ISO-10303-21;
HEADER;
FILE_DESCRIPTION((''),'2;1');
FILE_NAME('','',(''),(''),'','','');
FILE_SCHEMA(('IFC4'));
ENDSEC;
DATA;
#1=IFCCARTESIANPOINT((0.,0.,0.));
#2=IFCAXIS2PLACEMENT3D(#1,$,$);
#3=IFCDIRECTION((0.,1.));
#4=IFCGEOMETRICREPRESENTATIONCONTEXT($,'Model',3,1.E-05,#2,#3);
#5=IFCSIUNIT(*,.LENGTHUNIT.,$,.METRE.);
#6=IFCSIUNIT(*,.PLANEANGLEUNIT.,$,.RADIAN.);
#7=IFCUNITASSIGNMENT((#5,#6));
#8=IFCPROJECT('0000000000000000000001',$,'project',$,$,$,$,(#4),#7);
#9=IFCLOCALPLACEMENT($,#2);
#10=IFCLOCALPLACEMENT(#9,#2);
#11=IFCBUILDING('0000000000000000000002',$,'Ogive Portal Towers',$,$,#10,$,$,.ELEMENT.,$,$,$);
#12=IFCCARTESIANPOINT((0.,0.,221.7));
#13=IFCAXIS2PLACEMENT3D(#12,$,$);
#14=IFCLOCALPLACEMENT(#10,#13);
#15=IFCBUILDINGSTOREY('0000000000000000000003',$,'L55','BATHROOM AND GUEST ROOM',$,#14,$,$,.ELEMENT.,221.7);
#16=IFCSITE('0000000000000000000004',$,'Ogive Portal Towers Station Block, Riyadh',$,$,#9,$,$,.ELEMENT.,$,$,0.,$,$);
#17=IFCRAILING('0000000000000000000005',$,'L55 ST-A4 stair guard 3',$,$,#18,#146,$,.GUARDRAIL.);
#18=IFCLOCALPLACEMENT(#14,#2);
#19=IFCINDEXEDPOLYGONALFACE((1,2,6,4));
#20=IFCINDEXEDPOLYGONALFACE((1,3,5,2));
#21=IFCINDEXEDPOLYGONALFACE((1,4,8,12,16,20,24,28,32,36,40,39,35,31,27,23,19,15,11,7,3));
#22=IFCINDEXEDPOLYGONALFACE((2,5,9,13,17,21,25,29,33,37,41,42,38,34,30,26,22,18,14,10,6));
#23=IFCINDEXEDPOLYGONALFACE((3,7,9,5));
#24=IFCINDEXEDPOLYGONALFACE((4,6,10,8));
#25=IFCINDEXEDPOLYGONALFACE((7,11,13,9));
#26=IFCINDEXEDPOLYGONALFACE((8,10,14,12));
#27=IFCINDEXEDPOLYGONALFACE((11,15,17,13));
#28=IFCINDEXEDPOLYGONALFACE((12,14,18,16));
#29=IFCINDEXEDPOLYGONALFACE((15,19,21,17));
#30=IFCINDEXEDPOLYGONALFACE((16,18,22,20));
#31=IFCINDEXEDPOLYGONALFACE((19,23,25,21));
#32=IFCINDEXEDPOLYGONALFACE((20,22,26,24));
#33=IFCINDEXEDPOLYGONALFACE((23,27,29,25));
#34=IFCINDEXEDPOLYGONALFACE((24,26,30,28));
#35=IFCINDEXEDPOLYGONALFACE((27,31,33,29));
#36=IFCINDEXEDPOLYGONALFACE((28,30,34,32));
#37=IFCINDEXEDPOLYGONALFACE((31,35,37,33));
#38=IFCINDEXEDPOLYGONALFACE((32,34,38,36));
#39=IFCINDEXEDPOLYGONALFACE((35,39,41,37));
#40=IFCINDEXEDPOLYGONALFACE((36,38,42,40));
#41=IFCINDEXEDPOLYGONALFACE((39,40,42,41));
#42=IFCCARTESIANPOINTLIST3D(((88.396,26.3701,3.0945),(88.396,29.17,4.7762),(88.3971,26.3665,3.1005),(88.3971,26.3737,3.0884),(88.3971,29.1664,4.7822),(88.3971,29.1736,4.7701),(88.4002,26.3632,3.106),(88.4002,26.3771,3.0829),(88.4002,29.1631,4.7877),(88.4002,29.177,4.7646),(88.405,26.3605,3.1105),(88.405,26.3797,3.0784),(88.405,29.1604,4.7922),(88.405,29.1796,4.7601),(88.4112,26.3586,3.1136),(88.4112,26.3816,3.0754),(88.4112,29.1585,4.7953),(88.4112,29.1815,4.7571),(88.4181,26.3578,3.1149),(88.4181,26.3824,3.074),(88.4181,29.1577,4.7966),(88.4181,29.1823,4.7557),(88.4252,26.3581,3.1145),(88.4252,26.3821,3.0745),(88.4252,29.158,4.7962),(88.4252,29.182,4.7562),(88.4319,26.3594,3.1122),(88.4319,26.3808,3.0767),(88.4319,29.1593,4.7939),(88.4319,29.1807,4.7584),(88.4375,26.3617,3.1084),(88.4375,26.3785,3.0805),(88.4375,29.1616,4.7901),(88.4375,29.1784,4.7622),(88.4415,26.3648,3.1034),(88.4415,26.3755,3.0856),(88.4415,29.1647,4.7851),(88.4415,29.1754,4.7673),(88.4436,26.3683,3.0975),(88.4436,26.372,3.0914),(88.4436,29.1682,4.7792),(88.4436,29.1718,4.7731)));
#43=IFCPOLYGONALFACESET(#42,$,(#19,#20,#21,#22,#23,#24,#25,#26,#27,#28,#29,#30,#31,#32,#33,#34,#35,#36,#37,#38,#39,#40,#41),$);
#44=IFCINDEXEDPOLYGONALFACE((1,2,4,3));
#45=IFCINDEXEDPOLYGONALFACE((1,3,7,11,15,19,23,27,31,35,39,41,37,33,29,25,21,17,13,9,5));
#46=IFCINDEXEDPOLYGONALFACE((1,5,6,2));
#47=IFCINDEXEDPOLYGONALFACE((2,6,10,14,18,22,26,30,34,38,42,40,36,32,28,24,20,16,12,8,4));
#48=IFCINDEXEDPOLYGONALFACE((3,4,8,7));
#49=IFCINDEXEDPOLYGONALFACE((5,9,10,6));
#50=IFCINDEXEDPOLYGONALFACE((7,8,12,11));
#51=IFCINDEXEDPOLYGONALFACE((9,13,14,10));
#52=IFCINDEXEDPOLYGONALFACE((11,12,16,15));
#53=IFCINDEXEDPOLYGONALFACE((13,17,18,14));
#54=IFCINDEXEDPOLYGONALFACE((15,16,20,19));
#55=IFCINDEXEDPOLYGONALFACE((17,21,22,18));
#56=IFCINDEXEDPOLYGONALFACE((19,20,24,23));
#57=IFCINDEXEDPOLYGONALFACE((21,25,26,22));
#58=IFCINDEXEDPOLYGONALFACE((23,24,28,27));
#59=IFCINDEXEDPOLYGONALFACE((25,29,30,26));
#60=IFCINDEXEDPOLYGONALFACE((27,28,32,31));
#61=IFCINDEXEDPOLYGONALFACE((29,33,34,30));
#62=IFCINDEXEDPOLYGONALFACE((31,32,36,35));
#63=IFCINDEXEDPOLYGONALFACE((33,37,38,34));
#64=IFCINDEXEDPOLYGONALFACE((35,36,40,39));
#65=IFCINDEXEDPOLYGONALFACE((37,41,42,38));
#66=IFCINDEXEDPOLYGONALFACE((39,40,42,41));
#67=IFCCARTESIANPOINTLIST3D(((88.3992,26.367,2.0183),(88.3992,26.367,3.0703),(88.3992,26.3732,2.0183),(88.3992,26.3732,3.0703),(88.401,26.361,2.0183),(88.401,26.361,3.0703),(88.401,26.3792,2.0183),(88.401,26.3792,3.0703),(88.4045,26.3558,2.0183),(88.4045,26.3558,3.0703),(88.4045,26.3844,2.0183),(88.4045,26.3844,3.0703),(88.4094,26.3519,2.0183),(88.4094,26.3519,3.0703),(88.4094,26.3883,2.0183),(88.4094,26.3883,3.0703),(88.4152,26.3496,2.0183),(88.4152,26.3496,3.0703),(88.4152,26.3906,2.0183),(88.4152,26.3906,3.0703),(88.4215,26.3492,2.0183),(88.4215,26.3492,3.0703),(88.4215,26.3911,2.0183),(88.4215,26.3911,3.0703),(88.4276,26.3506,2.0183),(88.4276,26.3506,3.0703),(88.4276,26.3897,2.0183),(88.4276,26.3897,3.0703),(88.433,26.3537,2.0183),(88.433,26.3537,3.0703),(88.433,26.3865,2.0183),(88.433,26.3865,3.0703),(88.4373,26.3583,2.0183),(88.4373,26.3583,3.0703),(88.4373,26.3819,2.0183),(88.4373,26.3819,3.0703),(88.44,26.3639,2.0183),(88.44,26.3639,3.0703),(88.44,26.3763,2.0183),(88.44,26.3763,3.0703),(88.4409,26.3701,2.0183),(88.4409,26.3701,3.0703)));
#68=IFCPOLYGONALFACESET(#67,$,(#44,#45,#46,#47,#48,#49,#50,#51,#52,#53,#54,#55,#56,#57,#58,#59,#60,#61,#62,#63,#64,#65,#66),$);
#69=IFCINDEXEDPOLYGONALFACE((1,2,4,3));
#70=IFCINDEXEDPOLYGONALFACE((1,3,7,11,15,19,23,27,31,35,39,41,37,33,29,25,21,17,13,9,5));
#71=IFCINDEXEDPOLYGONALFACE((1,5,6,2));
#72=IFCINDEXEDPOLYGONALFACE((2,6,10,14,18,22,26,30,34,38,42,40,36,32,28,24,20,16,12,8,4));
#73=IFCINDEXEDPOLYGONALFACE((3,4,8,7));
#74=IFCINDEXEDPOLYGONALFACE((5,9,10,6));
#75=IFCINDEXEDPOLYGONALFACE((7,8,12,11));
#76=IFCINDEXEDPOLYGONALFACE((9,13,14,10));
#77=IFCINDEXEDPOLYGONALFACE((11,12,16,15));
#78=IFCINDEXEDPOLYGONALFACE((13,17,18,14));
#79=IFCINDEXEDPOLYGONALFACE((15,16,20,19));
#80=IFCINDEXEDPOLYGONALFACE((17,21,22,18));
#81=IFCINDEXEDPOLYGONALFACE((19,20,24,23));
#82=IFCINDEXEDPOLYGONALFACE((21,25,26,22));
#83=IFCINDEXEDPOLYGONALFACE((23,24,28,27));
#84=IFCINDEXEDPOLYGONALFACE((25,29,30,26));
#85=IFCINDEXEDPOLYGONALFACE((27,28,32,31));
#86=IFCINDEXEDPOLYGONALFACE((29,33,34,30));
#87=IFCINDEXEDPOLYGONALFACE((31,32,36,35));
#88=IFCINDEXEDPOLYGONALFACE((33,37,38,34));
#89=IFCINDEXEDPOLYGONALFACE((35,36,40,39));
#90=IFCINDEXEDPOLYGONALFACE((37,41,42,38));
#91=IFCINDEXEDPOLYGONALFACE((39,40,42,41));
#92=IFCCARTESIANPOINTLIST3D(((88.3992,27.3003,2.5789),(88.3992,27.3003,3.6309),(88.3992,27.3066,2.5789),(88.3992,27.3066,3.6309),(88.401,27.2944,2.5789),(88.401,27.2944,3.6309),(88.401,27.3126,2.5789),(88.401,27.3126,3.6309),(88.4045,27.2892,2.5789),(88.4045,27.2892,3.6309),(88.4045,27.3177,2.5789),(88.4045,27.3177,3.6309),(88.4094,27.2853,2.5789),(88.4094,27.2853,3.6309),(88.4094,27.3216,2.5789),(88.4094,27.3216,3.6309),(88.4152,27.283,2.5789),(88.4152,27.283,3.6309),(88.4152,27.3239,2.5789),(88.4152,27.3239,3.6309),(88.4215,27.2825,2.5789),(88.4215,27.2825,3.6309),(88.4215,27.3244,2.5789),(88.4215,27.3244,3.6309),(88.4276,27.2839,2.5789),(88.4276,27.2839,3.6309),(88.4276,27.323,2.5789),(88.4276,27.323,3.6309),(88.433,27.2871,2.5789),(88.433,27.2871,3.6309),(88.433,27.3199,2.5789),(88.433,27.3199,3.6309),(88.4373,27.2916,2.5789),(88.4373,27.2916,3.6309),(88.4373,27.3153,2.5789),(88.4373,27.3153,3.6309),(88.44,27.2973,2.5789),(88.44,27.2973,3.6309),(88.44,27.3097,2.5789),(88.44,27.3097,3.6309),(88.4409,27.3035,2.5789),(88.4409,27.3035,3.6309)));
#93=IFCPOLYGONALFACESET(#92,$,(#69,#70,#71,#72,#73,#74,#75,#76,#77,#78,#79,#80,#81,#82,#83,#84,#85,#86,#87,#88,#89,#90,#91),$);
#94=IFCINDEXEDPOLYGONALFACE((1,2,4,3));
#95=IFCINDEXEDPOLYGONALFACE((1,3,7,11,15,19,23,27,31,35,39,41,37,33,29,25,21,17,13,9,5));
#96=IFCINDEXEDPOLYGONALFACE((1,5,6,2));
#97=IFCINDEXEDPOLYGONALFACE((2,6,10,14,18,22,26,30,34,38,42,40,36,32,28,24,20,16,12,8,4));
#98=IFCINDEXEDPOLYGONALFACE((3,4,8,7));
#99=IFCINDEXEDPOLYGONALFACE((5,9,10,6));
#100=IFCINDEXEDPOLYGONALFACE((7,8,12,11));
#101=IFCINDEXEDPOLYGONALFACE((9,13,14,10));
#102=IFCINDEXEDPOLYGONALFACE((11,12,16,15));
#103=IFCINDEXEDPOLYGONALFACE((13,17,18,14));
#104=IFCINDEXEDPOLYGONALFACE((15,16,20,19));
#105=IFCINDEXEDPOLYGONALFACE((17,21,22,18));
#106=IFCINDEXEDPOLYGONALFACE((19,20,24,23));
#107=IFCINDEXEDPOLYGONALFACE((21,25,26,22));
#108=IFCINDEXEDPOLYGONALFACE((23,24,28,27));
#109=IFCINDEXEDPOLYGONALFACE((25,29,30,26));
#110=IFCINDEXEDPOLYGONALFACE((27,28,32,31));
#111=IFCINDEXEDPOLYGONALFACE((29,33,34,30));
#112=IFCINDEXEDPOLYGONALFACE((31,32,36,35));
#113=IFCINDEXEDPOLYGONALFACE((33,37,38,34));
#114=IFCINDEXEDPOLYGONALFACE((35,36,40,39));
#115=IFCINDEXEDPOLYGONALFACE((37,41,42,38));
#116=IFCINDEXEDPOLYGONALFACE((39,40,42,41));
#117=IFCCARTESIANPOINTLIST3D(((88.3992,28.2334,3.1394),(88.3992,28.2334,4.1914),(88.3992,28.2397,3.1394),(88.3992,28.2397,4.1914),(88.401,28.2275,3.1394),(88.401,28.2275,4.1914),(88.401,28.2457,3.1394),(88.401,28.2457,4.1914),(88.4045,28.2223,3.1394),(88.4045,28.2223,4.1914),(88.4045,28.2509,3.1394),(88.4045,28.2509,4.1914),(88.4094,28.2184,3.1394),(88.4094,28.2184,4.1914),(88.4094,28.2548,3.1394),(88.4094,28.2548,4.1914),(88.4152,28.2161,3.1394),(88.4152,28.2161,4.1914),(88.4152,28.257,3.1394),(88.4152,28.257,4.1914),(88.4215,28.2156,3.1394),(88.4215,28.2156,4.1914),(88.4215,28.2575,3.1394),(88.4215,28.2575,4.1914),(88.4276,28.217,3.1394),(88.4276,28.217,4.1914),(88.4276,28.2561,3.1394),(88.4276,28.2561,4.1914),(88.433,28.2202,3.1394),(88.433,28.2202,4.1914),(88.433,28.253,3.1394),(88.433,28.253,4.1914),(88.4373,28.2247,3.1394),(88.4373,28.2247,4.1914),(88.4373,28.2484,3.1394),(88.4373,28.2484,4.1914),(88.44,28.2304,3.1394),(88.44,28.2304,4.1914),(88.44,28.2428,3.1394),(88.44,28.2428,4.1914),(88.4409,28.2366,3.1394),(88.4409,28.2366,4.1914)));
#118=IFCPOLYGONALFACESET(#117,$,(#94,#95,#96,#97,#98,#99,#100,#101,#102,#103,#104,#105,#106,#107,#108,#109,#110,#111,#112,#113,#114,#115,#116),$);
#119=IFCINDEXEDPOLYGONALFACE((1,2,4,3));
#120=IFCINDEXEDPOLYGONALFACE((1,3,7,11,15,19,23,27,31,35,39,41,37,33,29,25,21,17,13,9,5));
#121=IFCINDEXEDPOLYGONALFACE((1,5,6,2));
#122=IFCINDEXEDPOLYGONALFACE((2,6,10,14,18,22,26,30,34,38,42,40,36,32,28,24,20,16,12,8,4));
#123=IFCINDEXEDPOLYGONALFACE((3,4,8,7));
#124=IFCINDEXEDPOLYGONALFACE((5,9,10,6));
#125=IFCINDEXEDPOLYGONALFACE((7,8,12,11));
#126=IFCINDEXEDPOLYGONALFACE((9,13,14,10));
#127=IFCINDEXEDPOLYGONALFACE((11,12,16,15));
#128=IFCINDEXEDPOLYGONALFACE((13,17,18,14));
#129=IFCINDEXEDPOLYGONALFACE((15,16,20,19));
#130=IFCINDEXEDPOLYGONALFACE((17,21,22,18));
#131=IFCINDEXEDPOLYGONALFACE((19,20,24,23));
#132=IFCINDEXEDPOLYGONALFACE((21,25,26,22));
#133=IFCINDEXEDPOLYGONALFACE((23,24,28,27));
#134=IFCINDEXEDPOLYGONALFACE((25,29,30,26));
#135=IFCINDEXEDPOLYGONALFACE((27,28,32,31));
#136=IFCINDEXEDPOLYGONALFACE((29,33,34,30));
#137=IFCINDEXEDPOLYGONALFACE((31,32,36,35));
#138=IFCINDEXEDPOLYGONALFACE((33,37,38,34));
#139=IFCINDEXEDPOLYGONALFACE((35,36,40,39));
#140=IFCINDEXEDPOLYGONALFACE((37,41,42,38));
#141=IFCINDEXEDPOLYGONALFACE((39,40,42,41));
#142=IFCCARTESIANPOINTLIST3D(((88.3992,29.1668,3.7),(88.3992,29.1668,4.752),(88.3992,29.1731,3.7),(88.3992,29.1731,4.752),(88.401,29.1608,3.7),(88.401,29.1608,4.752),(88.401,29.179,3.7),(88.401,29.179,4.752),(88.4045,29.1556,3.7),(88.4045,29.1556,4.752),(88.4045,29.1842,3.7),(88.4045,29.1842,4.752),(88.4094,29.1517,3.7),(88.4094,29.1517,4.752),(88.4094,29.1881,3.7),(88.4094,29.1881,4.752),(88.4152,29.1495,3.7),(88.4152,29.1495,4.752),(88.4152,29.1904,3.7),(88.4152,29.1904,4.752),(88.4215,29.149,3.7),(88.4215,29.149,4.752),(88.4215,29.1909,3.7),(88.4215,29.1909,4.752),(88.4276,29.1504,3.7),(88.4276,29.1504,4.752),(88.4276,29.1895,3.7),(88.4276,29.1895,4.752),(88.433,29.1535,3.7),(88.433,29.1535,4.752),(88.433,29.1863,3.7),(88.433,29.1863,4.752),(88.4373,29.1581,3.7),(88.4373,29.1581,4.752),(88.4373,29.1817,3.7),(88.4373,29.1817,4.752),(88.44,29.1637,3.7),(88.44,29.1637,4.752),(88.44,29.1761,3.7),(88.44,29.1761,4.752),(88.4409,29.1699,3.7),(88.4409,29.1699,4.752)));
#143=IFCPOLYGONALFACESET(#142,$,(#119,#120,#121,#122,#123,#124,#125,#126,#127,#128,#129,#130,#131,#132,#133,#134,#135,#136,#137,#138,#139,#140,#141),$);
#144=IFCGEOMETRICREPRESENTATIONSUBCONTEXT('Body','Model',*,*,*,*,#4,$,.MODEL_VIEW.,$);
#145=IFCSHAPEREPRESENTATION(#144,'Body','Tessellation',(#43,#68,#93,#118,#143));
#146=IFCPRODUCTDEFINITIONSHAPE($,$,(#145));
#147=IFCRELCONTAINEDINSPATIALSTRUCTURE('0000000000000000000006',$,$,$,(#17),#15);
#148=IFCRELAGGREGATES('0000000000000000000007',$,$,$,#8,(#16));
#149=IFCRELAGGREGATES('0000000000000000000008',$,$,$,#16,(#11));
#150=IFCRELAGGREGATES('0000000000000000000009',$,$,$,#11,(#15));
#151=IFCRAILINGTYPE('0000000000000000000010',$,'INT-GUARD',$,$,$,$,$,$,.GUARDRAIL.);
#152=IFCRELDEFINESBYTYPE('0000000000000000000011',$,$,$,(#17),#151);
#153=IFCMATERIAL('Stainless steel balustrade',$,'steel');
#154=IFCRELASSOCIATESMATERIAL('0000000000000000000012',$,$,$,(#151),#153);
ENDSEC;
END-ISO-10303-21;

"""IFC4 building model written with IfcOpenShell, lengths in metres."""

from ifc_helpers import new_model, si_unit, direction, frame, origin, origin_2d, place, context, subcontext, project, spatial, circle, extrude, material, type_object, element, save


model = new_model("IFC4")

# Units and contexts
model_context = context("Model", 3, precision=1e-05, world=origin(), true_north=direction((0.0, 1.0)))
body_context = subcontext(model_context, "Body", "Model", "MODEL_VIEW")
ifc_project = project(units=[si_unit("LENGTHUNIT", "METRE"), si_unit("PLANEANGLEUNIT", "RADIAN")], contexts=[model_context])

# Site, building, storey
site_placement = place(None, origin())
site = spatial("IfcSite", under=ifc_project, at=site_placement, Name="Ogive Portal Towers Station Block, Riyadh", CompositionType="ELEMENT", RefElevation=0.0)
building_placement = place(site_placement, origin())
building = spatial("IfcBuilding", under=site, at=building_placement, Name="Ogive Portal Towers", CompositionType="ELEMENT")
storey_placement = place(building_placement, frame((0.0, 0.0, 221.7)))
storey = spatial("IfcBuildingStorey", under=building, at=storey_placement, Name="L55", Description="BATHROOM AND GUEST ROOM", CompositionType="ELEMENT", Elevation=221.7)

# Railing
ifc_material_1 = material(Name="Stainless steel balustrade", Category="steel")
railing_type_1 = type_object("IfcRailingType", Name="INT-GUARD", PredefinedType="GUARDRAIL", material=ifc_material_1)
railing_1_placement = place(storey_placement, frame((88.4199, 26.3701, 2.0183)))
element("IfcRailing", 1, at=railing_1_placement, inside=storey, type_object=railing_type_1, Name="L55 ST-A4 stair guard 3", PredefinedType="GUARDRAIL", context=body_context, shape_type="SweptSolid", body=[
    extrude(circle(Radius=0.0239, at=origin_2d()), frame((0.0, 0.0, 1.0762), z_axis=(0.0, 0.857255, 0.514891), x_axis=(-1.0, 0.0, 0.0)), (0.0, 0.0, 1.0), 3.2661),
    extrude(circle(Radius=0.021, at=origin_2d()), origin(), (0.0, 0.0, 1.0), 1.052),
    extrude(circle(Radius=0.021, at=origin_2d()), frame((0.0, 0.9333, 0.5605)), (0.0, 0.0, 1.0), 1.052),
    extrude(circle(Radius=0.021, at=origin_2d()), frame((0.0, 1.8665, 1.1211)), (0.0, 0.0, 1.0), 1.052),
    extrude(circle(Radius=0.021, at=origin_2d()), frame((0.0, 2.7998, 1.6816)), (0.0, 0.0, 1.0), 1.052),
])

save(model, "model.ifc")
